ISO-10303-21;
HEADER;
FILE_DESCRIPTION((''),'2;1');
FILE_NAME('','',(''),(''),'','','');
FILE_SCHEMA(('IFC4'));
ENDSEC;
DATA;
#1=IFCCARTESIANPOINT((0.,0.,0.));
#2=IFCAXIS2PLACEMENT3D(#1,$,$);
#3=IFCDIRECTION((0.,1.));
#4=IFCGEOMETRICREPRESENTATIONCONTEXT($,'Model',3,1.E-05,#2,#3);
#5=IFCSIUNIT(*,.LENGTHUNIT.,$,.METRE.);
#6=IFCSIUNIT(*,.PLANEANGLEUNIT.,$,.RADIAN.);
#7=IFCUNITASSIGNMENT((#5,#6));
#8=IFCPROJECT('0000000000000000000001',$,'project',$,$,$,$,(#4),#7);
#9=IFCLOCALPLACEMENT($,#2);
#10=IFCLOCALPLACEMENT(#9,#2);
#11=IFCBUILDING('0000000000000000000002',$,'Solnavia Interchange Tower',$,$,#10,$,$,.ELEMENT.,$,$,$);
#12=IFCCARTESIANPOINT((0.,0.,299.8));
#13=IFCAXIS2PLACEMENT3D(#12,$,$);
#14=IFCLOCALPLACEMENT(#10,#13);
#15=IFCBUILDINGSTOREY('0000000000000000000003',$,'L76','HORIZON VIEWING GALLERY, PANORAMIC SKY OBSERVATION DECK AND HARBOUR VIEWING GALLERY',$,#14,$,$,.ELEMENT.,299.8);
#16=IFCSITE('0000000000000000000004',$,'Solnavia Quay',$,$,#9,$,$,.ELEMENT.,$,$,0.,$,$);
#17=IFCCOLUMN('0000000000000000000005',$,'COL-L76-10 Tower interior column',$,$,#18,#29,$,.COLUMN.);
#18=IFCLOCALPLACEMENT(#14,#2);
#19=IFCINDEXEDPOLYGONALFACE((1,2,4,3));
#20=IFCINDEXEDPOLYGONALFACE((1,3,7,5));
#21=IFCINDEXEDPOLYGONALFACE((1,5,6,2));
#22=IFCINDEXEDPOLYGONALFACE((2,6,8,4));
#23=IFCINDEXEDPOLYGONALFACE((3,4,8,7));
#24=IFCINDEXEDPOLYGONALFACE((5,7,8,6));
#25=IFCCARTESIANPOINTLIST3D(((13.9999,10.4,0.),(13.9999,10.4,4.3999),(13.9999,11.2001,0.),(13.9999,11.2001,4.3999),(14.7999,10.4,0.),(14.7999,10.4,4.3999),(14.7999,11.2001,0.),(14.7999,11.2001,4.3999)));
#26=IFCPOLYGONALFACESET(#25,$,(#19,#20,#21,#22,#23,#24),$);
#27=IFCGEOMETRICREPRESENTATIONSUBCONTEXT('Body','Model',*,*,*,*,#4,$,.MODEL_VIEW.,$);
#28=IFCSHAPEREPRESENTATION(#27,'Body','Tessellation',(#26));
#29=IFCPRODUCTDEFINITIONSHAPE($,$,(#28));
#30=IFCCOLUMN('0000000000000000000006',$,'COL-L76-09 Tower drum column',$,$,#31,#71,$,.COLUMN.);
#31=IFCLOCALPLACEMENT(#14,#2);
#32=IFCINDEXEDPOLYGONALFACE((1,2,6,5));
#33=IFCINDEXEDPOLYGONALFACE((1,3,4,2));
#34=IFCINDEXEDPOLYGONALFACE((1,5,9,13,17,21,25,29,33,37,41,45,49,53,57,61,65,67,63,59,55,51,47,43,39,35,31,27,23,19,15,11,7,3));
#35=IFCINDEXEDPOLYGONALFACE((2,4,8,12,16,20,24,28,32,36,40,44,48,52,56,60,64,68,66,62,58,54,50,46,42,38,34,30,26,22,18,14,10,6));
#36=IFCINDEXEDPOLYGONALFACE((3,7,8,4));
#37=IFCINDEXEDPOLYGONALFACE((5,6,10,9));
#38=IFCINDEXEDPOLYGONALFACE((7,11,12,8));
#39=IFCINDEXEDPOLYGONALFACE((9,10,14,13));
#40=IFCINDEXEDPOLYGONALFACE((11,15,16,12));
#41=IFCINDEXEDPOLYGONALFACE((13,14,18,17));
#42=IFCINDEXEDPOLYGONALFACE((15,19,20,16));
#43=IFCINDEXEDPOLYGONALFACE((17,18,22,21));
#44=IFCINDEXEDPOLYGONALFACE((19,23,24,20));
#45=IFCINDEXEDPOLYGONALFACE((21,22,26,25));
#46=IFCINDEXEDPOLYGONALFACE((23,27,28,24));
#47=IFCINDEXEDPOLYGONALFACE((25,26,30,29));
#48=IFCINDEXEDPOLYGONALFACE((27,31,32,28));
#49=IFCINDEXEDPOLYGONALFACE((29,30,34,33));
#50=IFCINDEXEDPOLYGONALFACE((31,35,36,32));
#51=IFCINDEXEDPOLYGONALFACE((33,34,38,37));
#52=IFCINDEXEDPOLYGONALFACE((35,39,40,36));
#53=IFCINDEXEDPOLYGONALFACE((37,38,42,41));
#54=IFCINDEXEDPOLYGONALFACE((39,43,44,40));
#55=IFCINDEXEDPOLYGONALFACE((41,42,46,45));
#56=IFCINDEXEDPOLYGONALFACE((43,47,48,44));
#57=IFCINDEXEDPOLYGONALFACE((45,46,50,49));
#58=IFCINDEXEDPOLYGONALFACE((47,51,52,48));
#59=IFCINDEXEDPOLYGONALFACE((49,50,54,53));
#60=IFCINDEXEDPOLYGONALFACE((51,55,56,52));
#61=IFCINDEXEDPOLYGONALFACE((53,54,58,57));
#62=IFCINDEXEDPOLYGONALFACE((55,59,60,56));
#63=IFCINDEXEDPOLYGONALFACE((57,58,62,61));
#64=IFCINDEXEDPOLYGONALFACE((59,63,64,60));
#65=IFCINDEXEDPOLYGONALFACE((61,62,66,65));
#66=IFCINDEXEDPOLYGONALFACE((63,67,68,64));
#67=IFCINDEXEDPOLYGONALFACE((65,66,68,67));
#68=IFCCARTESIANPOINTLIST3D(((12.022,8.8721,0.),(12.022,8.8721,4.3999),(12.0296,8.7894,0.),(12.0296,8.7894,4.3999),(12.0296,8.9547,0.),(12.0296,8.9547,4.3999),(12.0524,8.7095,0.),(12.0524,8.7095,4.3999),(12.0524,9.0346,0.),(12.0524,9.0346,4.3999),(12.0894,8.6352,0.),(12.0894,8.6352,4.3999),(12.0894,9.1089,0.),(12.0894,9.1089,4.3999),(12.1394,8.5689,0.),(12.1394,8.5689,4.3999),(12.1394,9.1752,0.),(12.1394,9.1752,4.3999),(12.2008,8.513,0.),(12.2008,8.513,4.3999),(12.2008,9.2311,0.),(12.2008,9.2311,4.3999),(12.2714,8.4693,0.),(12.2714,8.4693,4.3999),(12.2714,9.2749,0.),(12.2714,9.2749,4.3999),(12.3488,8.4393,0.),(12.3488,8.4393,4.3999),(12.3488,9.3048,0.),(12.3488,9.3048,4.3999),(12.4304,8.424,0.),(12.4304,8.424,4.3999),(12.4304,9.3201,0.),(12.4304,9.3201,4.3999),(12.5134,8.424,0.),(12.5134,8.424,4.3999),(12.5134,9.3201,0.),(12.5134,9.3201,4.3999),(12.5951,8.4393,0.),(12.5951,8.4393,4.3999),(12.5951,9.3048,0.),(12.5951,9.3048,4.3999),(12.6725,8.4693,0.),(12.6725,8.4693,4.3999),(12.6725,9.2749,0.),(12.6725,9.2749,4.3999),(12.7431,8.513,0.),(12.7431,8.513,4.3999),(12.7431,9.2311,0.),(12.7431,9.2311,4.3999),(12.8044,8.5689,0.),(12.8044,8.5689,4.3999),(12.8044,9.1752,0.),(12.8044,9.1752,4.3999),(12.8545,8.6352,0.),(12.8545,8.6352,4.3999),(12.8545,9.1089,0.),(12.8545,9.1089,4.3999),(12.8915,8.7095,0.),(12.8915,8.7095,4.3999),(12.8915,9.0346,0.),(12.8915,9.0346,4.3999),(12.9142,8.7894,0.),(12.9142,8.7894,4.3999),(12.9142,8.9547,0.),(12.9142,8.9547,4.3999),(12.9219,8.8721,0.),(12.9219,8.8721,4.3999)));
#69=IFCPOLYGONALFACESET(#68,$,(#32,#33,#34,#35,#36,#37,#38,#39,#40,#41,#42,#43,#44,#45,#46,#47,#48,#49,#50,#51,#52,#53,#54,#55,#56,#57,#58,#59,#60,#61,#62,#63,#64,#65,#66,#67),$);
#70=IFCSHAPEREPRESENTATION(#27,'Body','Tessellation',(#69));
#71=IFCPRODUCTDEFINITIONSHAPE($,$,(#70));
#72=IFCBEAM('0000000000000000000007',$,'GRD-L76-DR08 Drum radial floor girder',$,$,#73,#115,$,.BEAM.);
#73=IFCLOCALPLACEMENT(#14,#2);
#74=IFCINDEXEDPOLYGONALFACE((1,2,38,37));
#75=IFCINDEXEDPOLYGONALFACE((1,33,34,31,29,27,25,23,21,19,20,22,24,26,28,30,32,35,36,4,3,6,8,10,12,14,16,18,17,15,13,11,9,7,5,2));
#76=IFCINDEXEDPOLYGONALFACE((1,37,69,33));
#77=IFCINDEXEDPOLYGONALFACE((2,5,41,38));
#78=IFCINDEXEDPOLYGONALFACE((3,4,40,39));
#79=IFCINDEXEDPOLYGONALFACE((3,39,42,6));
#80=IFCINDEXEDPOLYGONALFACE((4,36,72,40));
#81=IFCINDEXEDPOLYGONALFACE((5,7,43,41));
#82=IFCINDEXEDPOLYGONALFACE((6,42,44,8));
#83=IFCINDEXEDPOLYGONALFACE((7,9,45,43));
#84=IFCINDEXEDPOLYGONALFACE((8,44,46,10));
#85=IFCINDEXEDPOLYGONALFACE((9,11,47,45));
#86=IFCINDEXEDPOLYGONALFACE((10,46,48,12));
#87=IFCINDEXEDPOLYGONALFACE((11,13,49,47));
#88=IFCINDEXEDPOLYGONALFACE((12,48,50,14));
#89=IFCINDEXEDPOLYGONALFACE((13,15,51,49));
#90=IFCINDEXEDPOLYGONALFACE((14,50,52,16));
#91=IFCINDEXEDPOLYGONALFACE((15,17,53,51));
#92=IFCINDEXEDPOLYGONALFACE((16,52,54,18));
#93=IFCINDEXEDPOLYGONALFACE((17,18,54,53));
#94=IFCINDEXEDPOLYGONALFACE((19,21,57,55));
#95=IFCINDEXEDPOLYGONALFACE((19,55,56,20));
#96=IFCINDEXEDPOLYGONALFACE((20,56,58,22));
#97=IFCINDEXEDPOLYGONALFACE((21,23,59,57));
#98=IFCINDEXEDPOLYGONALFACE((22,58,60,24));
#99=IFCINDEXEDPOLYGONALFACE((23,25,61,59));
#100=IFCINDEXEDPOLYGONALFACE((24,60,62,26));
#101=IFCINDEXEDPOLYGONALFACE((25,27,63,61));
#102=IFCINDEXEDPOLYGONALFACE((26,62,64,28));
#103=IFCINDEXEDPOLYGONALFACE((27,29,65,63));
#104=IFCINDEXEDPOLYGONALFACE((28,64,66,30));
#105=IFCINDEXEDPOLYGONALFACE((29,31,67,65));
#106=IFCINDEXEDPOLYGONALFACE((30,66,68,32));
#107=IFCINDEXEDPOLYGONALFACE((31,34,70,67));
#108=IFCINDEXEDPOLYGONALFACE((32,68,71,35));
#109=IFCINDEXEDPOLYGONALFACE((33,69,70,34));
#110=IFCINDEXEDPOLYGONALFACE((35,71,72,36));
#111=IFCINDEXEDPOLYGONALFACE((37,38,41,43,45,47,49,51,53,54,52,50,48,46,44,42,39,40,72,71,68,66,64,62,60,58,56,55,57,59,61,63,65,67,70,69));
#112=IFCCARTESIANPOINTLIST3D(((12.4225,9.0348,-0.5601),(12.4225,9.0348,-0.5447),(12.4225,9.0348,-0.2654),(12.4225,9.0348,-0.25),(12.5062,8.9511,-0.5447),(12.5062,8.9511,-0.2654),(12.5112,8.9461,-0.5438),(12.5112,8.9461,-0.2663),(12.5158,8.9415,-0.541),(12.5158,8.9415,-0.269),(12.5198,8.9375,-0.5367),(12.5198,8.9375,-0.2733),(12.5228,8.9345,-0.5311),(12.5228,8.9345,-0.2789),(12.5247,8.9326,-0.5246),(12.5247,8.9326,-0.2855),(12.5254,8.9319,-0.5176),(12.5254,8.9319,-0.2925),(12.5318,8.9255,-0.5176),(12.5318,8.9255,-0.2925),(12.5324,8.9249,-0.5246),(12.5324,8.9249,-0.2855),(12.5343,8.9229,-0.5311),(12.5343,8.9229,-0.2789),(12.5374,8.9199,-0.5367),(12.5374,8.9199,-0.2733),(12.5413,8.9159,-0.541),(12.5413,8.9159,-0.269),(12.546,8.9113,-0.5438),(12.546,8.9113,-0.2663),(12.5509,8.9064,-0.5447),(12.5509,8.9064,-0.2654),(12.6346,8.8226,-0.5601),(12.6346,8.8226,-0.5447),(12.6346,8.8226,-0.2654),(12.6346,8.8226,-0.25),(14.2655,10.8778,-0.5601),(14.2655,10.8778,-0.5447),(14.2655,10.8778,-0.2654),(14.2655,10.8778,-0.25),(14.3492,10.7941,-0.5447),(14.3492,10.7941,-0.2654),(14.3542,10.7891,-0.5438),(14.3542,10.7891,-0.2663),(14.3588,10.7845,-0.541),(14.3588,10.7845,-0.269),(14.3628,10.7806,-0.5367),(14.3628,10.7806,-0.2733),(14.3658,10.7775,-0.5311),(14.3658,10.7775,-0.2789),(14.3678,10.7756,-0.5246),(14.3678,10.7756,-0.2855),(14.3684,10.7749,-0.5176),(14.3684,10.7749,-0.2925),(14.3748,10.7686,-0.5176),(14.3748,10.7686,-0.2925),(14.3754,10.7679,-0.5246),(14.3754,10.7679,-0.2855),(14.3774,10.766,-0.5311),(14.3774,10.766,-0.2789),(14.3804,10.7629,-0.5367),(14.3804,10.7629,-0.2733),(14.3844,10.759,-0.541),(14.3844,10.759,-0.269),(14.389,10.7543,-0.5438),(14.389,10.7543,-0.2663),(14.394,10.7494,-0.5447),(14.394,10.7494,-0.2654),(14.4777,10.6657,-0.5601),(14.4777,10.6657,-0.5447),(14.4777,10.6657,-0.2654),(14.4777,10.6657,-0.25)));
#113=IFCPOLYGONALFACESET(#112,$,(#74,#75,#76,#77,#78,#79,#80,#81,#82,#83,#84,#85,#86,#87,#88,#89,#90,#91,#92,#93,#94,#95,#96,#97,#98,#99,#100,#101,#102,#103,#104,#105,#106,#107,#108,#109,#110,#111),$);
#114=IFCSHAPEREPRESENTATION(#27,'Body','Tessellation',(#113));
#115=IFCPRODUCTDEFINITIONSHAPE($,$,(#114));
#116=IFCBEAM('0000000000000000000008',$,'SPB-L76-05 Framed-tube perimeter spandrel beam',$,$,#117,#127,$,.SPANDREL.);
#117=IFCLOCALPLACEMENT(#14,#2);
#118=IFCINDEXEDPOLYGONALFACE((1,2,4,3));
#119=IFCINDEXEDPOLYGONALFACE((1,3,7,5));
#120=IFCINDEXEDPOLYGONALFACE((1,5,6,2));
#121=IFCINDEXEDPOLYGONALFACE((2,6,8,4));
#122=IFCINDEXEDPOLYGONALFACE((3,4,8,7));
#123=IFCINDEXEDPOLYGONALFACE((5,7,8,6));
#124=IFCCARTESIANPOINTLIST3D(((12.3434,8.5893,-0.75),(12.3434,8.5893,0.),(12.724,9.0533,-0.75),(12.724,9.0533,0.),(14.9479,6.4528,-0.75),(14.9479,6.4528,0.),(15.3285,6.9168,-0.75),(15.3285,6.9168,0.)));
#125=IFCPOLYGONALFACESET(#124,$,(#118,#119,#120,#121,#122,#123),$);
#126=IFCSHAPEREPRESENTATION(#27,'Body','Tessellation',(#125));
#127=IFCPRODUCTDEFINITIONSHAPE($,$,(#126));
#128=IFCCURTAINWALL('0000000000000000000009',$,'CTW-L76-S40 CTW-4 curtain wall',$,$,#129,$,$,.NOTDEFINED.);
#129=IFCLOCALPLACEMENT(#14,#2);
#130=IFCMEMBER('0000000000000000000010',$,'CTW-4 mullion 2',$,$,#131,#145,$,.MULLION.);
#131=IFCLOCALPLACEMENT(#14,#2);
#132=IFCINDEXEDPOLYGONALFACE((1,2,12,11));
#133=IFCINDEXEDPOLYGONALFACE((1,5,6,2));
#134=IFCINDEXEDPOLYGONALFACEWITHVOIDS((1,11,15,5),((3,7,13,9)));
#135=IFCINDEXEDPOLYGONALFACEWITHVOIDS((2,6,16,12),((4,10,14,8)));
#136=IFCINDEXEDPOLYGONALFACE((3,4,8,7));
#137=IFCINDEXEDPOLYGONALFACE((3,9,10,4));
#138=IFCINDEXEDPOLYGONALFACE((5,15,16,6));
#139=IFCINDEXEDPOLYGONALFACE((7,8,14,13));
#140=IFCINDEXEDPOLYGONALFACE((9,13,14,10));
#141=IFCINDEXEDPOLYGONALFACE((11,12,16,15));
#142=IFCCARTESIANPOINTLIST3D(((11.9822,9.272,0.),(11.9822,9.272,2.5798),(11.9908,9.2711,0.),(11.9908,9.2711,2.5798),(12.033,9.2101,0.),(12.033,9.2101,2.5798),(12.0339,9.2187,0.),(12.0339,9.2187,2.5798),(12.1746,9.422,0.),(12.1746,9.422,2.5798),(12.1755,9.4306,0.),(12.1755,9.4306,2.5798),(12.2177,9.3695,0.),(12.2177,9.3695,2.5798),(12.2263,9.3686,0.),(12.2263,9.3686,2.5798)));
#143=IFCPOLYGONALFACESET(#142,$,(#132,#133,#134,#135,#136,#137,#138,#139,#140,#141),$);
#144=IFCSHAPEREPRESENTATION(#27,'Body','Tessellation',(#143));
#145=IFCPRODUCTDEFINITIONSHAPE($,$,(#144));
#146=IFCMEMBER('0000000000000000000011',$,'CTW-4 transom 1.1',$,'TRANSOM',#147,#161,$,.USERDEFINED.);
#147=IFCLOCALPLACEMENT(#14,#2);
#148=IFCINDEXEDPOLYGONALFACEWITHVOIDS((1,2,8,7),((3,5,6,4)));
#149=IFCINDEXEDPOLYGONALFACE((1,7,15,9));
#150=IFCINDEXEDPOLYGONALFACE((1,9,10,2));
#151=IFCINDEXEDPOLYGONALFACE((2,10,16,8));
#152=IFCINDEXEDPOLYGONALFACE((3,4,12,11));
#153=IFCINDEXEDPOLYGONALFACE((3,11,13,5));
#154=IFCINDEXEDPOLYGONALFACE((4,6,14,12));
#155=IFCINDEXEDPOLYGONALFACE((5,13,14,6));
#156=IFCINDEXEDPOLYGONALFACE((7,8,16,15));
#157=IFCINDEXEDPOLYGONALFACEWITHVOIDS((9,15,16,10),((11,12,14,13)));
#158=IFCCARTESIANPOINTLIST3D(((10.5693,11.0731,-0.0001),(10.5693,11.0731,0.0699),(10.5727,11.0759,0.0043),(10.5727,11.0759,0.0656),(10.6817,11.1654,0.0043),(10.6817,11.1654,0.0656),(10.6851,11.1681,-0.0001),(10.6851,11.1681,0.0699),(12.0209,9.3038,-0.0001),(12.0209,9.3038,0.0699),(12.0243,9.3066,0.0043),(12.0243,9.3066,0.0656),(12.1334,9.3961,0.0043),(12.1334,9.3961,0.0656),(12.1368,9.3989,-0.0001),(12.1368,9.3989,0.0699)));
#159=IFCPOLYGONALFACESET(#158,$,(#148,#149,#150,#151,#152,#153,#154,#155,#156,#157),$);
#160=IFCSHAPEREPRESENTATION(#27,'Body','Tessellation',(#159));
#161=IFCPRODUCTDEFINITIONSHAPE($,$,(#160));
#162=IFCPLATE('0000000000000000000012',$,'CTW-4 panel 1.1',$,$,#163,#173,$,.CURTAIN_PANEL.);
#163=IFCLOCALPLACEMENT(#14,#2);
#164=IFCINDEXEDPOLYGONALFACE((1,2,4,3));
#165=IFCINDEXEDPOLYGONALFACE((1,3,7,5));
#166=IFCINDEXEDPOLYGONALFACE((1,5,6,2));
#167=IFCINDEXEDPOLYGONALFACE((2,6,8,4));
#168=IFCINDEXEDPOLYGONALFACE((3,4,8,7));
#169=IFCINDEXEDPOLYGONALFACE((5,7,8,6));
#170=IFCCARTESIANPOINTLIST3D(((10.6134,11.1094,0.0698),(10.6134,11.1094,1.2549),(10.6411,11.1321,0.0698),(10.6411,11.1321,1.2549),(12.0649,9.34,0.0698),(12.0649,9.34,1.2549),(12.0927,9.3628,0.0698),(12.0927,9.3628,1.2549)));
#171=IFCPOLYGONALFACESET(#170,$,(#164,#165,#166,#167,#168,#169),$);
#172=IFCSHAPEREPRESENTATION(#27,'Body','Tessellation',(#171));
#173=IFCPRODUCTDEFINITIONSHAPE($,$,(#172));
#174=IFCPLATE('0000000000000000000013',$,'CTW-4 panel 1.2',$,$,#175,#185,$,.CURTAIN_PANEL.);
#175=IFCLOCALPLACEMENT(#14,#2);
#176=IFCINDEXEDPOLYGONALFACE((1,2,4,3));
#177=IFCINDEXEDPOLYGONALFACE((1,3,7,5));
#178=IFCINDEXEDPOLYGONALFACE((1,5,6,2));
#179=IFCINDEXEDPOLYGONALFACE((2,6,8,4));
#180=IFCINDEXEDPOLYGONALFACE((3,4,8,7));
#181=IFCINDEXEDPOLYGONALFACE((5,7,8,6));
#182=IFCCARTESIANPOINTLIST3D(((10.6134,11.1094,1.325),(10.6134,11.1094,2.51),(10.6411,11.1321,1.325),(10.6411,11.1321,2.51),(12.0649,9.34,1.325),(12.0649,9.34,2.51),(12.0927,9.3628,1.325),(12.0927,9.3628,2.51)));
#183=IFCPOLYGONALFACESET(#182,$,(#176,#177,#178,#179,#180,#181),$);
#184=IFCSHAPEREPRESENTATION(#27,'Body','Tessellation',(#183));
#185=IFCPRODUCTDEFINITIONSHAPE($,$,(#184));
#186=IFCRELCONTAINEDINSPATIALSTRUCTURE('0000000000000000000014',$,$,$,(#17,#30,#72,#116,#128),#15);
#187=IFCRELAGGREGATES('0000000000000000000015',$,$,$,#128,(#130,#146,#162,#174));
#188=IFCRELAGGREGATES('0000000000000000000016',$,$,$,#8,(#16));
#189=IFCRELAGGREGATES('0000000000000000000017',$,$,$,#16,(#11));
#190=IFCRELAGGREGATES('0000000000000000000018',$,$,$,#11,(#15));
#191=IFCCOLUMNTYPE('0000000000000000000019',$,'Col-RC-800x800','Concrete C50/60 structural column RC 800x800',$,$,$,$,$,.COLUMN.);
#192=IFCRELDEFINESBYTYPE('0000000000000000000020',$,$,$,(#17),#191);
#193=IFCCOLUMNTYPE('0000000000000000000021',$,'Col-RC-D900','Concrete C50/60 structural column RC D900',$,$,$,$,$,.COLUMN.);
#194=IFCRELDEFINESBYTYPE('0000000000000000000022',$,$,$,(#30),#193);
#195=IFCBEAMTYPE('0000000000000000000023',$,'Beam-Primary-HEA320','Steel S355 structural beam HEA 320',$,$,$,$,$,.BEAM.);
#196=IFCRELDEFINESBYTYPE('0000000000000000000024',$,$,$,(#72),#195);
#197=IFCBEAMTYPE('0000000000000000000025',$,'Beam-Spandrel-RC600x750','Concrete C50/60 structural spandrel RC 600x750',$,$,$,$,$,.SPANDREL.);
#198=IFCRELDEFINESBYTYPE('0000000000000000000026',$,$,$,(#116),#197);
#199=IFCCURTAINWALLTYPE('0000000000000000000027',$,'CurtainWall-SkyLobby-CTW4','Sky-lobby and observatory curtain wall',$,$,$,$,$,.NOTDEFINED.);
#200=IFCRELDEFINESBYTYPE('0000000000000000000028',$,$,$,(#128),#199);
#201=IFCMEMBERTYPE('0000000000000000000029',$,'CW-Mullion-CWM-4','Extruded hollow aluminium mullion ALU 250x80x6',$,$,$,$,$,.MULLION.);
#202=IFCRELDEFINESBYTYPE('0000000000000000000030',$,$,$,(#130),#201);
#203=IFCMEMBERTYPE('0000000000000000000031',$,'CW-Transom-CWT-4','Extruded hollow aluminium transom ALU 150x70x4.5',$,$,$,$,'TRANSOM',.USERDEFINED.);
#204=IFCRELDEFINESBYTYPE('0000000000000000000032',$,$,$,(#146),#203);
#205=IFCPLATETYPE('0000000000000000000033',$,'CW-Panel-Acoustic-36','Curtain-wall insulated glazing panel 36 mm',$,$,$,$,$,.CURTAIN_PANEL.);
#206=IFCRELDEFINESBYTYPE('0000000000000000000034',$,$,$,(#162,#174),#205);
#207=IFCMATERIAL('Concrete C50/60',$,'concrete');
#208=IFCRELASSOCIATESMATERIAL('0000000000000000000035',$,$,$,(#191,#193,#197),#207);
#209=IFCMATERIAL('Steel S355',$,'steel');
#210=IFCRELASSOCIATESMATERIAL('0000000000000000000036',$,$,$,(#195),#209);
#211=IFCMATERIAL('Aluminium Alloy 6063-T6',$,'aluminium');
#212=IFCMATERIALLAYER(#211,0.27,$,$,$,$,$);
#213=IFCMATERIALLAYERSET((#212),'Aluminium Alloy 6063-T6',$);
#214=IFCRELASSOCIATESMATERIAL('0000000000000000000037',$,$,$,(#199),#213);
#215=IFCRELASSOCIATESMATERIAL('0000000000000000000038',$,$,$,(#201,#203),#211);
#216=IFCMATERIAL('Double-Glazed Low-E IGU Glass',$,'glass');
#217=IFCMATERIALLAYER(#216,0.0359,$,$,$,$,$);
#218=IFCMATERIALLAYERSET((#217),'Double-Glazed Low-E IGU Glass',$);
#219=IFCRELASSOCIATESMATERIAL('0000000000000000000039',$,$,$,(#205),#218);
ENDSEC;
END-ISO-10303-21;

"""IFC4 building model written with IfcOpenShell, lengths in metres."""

from ifc_helpers import new_model, si_unit, direction, frame, origin, origin_2d, place, context, subcontext, project, spatial, rectangle, hollow_rectangle, circle, i_section, extrude, material, layer, layer_set, material_profile, profile_set, type_object, element, aggregate, save


model = new_model("IFC4")

# Units and contexts
model_context = context("Model", 3, precision=1e-05, world=origin(), true_north=direction((0.0, 1.0)))
body_context = subcontext(model_context, "Body", "Model", "MODEL_VIEW")
ifc_project = project(units=[si_unit("LENGTHUNIT", "METRE"), si_unit("PLANEANGLEUNIT", "RADIAN")], contexts=[model_context])

# Site, building, storey
site_placement = place(None, origin())
site = spatial("IfcSite", under=ifc_project, at=site_placement, Name="Solnavia Quay", CompositionType="ELEMENT", RefElevation=0.0)
building_placement = place(site_placement, origin())
building = spatial("IfcBuilding", under=site, at=building_placement, Name="Solnavia Interchange Tower", CompositionType="ELEMENT")
storey_placement = place(building_placement, frame((0.0, 0.0, 299.8)))
storey = spatial("IfcBuildingStorey", under=building, at=storey_placement, Name="L76", Description="HORIZON VIEWING GALLERY, PANORAMIC SKY OBSERVATION DECK AND HARBOUR VIEWING GALLERY", CompositionType="ELEMENT", Elevation=299.8)

# Columns
ifc_material_1 = material(Name="Concrete C50/60", Category="concrete")
ifc_material_profile_1 = material_profile(ifc_material_1, rectangle(XDim=0.8, YDim=0.8, at=origin_2d()), Name="RC 800x800")
ifc_profile_set_1 = profile_set([ifc_material_profile_1], Name="Concrete C50/60")
column_type_1 = type_object("IfcColumnType", Name="Col-RC-800x800", Description="Concrete C50/60 structural column RC 800x800", PredefinedType="COLUMN", material=ifc_profile_set_1)
column_1_placement = place(storey_placement, frame((14.3999, 10.8, 0.0), z_axis=(0.0, 0.0, 1.0), x_axis=(1.0, 0.0, 0.0)))
element("IfcColumn", 1, at=column_1_placement, inside=storey, type_object=column_type_1, Name="COL-L76-10 Tower interior column", PredefinedType="COLUMN", context=body_context, shape_type="SweptSolid", body=[
    extrude(rectangle(XDim=0.8, YDim=0.8, at=origin_2d()), origin(), (0.0, 0.0, 1.0), 4.3999),
])
ifc_material_profile_2 = material_profile(ifc_material_1, circle(Radius=0.45, at=origin_2d()), Name="RC D900")
ifc_profile_set_2 = profile_set([ifc_material_profile_2], Name="Concrete C50/60")
column_type_2 = type_object("IfcColumnType", Name="Col-RC-D900", Description="Concrete C50/60 structural column RC D900", PredefinedType="COLUMN", material=ifc_profile_set_2)
column_2_placement = place(storey_placement, frame((12.4719, 8.8721, 0.0), z_axis=(0.0, 0.0, 1.0), x_axis=(1.0, 0.0, 0.0)))
element("IfcColumn", 2, at=column_2_placement, inside=storey, type_object=column_type_2, Name="COL-L76-09 Tower drum column", PredefinedType="COLUMN", context=body_context, shape_type="SweptSolid", body=[
    extrude(circle(Radius=0.45, at=origin_2d()), origin(), (0.0, 0.0, 1.0), 4.3999),
])

# Beams
ifc_material_2 = material(Name="Steel S355", Category="steel")
ifc_material_profile_3 = material_profile(ifc_material_2, i_section(OverallWidth=0.3, OverallDepth=0.3101, WebThickness=0.009, FlangeThickness=0.0154, FilletRadius=0.0271, at=origin_2d()), Name="HEA 320")
ifc_profile_set_3 = profile_set([ifc_material_profile_3], Name="Steel S355")
beam_type_1 = type_object("IfcBeamType", Name="Beam-Primary-HEA320", Description="Steel S355 structural beam HEA 320", PredefinedType="BEAM", material=ifc_profile_set_3)
beam_1_placement = place(storey_placement, frame((12.5286, 8.9287, -0.405), z_axis=(0.707107, 0.707107, 0.0), x_axis=(-0.707107, 0.707107, 0.0)))
element("IfcBeam", 3, at=beam_1_placement, inside=storey, type_object=beam_type_1, Name="GRD-L76-DR08 Drum radial floor girder", PredefinedType="BEAM", context=body_context, shape_type="SweptSolid", body=[
    extrude(i_section(OverallWidth=0.3, OverallDepth=0.3101, WebThickness=0.009, FlangeThickness=0.0154, FilletRadius=0.0271, at=origin_2d()), origin(), (0.0, 0.0, 1.0), 2.6064),
])
ifc_material_profile_4 = material_profile(ifc_material_1, rectangle(XDim=0.6001, YDim=0.75, at=origin_2d()), Name="RC 600x750")
ifc_profile_set_4 = profile_set([ifc_material_profile_4], Name="Concrete C50/60")
beam_type_2 = type_object("IfcBeamType", Name="Beam-Spandrel-RC600x750", Description="Concrete C50/60 structural spandrel RC 600x750", PredefinedType="SPANDREL", material=ifc_profile_set_4)
beam_2_placement = place(storey_placement, frame((12.5337, 8.8213, -0.375), z_axis=(0.773153, -0.63422, 0.0), x_axis=(0.63422, 0.773153, 0.0)))
element("IfcBeam", 4, at=beam_2_placement, inside=storey, type_object=beam_type_2, Name="SPB-L76-05 Framed-tube perimeter spandrel beam", PredefinedType="SPANDREL", context=body_context, shape_type="SweptSolid", body=[
    extrude(rectangle(XDim=0.6001, YDim=0.75, at=origin_2d()), origin(), (0.0, 0.0, 1.0), 3.3687),
])

# Curtain wall, members, plates
ifc_material_3 = material(Name="Aluminium Alloy 6063-T6", Category="aluminium")
ifc_layer_1 = layer(ifc_material_3, 0.27)
ifc_layer_set_1 = layer_set([ifc_layer_1], Name="Aluminium Alloy 6063-T6")
curtain_wall_type = type_object("IfcCurtainWallType", Name="CurtainWall-SkyLobby-CTW4", Description="Sky-lobby and observatory curtain wall", PredefinedType="NOTDEFINED", material=ifc_layer_set_1)
curtain_wall_placement = place(storey_placement, origin())
curtain_wall = element("IfcCurtainWall", 5, at=curtain_wall_placement, inside=storey, type_object=curtain_wall_type, Name="CTW-L76-S40 CTW-4 curtain wall", PredefinedType="NOTDEFINED")
ifc_material_profile_5 = material_profile(ifc_material_3, hollow_rectangle(XDim=0.0801, YDim=0.25, WallThickness=0.0061, at=origin_2d()), Name="ALU 250x80x6")
ifc_profile_set_5 = profile_set([ifc_material_profile_5], Name="Aluminium Alloy 6063-T6")
member_type_1 = type_object("IfcMemberType", Name="CW-Mullion-CWM-4", Description="Extruded hollow aluminium mullion ALU 250x80x6", PredefinedType="MULLION", material=ifc_profile_set_5)
member_1_placement = place(storey_placement, frame((12.1042, 9.3203, 0.0), z_axis=(0.0, 0.0, 1.0), x_axis=(0.63426, -0.77312, 0.0)))
member_1 = element("IfcMember", 6, at=member_1_placement, type_object=member_type_1, Name="CTW-4 mullion 2", PredefinedType="MULLION", context=body_context, shape_type="SweptSolid", body=[
    extrude(hollow_rectangle(XDim=0.0801, YDim=0.25, WallThickness=0.0061, at=origin_2d()), origin(), (0.0, 0.0, 1.0), 2.5798),
])
ifc_material_profile_6 = material_profile(ifc_material_3, hollow_rectangle(XDim=0.0701, YDim=0.1499, WallThickness=0.0044, at=origin_2d()), Name="ALU 150x70x4.5")
ifc_profile_set_6 = profile_set([ifc_material_profile_6], Name="Aluminium Alloy 6063-T6")
member_type_2 = type_object("IfcMemberType", Name="CW-Transom-CWT-4", Description="Extruded hollow aluminium transom ALU 150x70x4.5", ElementType="TRANSOM", PredefinedType="USERDEFINED", material=ifc_profile_set_6)
member_2_placement = place(storey_placement, frame((10.6272, 11.1206, 0.0349), z_axis=(0.6343, -0.773087, 0.0), x_axis=(0.0, 0.0, 1.0)))
member_2 = element("IfcMember", 7, at=member_2_placement, type_object=member_type_2, Name="CTW-4 transom 1.1", ObjectType="TRANSOM", PredefinedType="USERDEFINED", context=body_context, shape_type="SweptSolid", body=[
    extrude(hollow_rectangle(XDim=0.0701, YDim=0.1499, WallThickness=0.0044, at=origin_2d()), origin(), (0.0, 0.0, 1.0), 2.2886),
])
ifc_material_4 = material(Name="Double-Glazed Low-E IGU Glass", Category="glass")
ifc_layer_2 = layer(ifc_material_4, 0.0359)
ifc_layer_set_2 = layer_set([ifc_layer_2], Name="Double-Glazed Low-E IGU Glass")
plate_type = type_object("IfcPlateType", Name="CW-Panel-Acoustic-36", Description="Curtain-wall insulated glazing panel 36 mm", PredefinedType="CURTAIN_PANEL", material=ifc_layer_set_2)
plate_1_placement = place(storey_placement, frame((11.353, 10.2361, 0.0698), z_axis=(0.0, 0.0, 1.0), x_axis=(0.63426, -0.77312, 0.0)))
plate_1 = element("IfcPlate", 8, at=plate_1_placement, type_object=plate_type, Name="CTW-4 panel 1.1", PredefinedType="CURTAIN_PANEL", context=body_context, shape_type="SweptSolid", body=[
    extrude(rectangle(XDim=2.2886, YDim=0.0359, at=origin_2d()), origin(), (0.0, 0.0, 1.0), 1.1851),
])
plate_2_placement = place(storey_placement, frame((11.353, 10.2361, 1.325), z_axis=(0.0, 0.0, 1.0), x_axis=(0.63426, -0.77312, 0.0)))
plate_2 = element("IfcPlate", 9, at=plate_2_placement, type_object=plate_type, Name="CTW-4 panel 1.2", PredefinedType="CURTAIN_PANEL", context=body_context, shape_type="SweptSolid", body=[
    extrude(rectangle(XDim=2.2886, YDim=0.0359, at=origin_2d()), origin(), (0.0, 0.0, 1.0), 1.1851),
])
aggregate(curtain_wall, [member_1, member_2, plate_1, plate_2])

save(model, "model.ifc")
